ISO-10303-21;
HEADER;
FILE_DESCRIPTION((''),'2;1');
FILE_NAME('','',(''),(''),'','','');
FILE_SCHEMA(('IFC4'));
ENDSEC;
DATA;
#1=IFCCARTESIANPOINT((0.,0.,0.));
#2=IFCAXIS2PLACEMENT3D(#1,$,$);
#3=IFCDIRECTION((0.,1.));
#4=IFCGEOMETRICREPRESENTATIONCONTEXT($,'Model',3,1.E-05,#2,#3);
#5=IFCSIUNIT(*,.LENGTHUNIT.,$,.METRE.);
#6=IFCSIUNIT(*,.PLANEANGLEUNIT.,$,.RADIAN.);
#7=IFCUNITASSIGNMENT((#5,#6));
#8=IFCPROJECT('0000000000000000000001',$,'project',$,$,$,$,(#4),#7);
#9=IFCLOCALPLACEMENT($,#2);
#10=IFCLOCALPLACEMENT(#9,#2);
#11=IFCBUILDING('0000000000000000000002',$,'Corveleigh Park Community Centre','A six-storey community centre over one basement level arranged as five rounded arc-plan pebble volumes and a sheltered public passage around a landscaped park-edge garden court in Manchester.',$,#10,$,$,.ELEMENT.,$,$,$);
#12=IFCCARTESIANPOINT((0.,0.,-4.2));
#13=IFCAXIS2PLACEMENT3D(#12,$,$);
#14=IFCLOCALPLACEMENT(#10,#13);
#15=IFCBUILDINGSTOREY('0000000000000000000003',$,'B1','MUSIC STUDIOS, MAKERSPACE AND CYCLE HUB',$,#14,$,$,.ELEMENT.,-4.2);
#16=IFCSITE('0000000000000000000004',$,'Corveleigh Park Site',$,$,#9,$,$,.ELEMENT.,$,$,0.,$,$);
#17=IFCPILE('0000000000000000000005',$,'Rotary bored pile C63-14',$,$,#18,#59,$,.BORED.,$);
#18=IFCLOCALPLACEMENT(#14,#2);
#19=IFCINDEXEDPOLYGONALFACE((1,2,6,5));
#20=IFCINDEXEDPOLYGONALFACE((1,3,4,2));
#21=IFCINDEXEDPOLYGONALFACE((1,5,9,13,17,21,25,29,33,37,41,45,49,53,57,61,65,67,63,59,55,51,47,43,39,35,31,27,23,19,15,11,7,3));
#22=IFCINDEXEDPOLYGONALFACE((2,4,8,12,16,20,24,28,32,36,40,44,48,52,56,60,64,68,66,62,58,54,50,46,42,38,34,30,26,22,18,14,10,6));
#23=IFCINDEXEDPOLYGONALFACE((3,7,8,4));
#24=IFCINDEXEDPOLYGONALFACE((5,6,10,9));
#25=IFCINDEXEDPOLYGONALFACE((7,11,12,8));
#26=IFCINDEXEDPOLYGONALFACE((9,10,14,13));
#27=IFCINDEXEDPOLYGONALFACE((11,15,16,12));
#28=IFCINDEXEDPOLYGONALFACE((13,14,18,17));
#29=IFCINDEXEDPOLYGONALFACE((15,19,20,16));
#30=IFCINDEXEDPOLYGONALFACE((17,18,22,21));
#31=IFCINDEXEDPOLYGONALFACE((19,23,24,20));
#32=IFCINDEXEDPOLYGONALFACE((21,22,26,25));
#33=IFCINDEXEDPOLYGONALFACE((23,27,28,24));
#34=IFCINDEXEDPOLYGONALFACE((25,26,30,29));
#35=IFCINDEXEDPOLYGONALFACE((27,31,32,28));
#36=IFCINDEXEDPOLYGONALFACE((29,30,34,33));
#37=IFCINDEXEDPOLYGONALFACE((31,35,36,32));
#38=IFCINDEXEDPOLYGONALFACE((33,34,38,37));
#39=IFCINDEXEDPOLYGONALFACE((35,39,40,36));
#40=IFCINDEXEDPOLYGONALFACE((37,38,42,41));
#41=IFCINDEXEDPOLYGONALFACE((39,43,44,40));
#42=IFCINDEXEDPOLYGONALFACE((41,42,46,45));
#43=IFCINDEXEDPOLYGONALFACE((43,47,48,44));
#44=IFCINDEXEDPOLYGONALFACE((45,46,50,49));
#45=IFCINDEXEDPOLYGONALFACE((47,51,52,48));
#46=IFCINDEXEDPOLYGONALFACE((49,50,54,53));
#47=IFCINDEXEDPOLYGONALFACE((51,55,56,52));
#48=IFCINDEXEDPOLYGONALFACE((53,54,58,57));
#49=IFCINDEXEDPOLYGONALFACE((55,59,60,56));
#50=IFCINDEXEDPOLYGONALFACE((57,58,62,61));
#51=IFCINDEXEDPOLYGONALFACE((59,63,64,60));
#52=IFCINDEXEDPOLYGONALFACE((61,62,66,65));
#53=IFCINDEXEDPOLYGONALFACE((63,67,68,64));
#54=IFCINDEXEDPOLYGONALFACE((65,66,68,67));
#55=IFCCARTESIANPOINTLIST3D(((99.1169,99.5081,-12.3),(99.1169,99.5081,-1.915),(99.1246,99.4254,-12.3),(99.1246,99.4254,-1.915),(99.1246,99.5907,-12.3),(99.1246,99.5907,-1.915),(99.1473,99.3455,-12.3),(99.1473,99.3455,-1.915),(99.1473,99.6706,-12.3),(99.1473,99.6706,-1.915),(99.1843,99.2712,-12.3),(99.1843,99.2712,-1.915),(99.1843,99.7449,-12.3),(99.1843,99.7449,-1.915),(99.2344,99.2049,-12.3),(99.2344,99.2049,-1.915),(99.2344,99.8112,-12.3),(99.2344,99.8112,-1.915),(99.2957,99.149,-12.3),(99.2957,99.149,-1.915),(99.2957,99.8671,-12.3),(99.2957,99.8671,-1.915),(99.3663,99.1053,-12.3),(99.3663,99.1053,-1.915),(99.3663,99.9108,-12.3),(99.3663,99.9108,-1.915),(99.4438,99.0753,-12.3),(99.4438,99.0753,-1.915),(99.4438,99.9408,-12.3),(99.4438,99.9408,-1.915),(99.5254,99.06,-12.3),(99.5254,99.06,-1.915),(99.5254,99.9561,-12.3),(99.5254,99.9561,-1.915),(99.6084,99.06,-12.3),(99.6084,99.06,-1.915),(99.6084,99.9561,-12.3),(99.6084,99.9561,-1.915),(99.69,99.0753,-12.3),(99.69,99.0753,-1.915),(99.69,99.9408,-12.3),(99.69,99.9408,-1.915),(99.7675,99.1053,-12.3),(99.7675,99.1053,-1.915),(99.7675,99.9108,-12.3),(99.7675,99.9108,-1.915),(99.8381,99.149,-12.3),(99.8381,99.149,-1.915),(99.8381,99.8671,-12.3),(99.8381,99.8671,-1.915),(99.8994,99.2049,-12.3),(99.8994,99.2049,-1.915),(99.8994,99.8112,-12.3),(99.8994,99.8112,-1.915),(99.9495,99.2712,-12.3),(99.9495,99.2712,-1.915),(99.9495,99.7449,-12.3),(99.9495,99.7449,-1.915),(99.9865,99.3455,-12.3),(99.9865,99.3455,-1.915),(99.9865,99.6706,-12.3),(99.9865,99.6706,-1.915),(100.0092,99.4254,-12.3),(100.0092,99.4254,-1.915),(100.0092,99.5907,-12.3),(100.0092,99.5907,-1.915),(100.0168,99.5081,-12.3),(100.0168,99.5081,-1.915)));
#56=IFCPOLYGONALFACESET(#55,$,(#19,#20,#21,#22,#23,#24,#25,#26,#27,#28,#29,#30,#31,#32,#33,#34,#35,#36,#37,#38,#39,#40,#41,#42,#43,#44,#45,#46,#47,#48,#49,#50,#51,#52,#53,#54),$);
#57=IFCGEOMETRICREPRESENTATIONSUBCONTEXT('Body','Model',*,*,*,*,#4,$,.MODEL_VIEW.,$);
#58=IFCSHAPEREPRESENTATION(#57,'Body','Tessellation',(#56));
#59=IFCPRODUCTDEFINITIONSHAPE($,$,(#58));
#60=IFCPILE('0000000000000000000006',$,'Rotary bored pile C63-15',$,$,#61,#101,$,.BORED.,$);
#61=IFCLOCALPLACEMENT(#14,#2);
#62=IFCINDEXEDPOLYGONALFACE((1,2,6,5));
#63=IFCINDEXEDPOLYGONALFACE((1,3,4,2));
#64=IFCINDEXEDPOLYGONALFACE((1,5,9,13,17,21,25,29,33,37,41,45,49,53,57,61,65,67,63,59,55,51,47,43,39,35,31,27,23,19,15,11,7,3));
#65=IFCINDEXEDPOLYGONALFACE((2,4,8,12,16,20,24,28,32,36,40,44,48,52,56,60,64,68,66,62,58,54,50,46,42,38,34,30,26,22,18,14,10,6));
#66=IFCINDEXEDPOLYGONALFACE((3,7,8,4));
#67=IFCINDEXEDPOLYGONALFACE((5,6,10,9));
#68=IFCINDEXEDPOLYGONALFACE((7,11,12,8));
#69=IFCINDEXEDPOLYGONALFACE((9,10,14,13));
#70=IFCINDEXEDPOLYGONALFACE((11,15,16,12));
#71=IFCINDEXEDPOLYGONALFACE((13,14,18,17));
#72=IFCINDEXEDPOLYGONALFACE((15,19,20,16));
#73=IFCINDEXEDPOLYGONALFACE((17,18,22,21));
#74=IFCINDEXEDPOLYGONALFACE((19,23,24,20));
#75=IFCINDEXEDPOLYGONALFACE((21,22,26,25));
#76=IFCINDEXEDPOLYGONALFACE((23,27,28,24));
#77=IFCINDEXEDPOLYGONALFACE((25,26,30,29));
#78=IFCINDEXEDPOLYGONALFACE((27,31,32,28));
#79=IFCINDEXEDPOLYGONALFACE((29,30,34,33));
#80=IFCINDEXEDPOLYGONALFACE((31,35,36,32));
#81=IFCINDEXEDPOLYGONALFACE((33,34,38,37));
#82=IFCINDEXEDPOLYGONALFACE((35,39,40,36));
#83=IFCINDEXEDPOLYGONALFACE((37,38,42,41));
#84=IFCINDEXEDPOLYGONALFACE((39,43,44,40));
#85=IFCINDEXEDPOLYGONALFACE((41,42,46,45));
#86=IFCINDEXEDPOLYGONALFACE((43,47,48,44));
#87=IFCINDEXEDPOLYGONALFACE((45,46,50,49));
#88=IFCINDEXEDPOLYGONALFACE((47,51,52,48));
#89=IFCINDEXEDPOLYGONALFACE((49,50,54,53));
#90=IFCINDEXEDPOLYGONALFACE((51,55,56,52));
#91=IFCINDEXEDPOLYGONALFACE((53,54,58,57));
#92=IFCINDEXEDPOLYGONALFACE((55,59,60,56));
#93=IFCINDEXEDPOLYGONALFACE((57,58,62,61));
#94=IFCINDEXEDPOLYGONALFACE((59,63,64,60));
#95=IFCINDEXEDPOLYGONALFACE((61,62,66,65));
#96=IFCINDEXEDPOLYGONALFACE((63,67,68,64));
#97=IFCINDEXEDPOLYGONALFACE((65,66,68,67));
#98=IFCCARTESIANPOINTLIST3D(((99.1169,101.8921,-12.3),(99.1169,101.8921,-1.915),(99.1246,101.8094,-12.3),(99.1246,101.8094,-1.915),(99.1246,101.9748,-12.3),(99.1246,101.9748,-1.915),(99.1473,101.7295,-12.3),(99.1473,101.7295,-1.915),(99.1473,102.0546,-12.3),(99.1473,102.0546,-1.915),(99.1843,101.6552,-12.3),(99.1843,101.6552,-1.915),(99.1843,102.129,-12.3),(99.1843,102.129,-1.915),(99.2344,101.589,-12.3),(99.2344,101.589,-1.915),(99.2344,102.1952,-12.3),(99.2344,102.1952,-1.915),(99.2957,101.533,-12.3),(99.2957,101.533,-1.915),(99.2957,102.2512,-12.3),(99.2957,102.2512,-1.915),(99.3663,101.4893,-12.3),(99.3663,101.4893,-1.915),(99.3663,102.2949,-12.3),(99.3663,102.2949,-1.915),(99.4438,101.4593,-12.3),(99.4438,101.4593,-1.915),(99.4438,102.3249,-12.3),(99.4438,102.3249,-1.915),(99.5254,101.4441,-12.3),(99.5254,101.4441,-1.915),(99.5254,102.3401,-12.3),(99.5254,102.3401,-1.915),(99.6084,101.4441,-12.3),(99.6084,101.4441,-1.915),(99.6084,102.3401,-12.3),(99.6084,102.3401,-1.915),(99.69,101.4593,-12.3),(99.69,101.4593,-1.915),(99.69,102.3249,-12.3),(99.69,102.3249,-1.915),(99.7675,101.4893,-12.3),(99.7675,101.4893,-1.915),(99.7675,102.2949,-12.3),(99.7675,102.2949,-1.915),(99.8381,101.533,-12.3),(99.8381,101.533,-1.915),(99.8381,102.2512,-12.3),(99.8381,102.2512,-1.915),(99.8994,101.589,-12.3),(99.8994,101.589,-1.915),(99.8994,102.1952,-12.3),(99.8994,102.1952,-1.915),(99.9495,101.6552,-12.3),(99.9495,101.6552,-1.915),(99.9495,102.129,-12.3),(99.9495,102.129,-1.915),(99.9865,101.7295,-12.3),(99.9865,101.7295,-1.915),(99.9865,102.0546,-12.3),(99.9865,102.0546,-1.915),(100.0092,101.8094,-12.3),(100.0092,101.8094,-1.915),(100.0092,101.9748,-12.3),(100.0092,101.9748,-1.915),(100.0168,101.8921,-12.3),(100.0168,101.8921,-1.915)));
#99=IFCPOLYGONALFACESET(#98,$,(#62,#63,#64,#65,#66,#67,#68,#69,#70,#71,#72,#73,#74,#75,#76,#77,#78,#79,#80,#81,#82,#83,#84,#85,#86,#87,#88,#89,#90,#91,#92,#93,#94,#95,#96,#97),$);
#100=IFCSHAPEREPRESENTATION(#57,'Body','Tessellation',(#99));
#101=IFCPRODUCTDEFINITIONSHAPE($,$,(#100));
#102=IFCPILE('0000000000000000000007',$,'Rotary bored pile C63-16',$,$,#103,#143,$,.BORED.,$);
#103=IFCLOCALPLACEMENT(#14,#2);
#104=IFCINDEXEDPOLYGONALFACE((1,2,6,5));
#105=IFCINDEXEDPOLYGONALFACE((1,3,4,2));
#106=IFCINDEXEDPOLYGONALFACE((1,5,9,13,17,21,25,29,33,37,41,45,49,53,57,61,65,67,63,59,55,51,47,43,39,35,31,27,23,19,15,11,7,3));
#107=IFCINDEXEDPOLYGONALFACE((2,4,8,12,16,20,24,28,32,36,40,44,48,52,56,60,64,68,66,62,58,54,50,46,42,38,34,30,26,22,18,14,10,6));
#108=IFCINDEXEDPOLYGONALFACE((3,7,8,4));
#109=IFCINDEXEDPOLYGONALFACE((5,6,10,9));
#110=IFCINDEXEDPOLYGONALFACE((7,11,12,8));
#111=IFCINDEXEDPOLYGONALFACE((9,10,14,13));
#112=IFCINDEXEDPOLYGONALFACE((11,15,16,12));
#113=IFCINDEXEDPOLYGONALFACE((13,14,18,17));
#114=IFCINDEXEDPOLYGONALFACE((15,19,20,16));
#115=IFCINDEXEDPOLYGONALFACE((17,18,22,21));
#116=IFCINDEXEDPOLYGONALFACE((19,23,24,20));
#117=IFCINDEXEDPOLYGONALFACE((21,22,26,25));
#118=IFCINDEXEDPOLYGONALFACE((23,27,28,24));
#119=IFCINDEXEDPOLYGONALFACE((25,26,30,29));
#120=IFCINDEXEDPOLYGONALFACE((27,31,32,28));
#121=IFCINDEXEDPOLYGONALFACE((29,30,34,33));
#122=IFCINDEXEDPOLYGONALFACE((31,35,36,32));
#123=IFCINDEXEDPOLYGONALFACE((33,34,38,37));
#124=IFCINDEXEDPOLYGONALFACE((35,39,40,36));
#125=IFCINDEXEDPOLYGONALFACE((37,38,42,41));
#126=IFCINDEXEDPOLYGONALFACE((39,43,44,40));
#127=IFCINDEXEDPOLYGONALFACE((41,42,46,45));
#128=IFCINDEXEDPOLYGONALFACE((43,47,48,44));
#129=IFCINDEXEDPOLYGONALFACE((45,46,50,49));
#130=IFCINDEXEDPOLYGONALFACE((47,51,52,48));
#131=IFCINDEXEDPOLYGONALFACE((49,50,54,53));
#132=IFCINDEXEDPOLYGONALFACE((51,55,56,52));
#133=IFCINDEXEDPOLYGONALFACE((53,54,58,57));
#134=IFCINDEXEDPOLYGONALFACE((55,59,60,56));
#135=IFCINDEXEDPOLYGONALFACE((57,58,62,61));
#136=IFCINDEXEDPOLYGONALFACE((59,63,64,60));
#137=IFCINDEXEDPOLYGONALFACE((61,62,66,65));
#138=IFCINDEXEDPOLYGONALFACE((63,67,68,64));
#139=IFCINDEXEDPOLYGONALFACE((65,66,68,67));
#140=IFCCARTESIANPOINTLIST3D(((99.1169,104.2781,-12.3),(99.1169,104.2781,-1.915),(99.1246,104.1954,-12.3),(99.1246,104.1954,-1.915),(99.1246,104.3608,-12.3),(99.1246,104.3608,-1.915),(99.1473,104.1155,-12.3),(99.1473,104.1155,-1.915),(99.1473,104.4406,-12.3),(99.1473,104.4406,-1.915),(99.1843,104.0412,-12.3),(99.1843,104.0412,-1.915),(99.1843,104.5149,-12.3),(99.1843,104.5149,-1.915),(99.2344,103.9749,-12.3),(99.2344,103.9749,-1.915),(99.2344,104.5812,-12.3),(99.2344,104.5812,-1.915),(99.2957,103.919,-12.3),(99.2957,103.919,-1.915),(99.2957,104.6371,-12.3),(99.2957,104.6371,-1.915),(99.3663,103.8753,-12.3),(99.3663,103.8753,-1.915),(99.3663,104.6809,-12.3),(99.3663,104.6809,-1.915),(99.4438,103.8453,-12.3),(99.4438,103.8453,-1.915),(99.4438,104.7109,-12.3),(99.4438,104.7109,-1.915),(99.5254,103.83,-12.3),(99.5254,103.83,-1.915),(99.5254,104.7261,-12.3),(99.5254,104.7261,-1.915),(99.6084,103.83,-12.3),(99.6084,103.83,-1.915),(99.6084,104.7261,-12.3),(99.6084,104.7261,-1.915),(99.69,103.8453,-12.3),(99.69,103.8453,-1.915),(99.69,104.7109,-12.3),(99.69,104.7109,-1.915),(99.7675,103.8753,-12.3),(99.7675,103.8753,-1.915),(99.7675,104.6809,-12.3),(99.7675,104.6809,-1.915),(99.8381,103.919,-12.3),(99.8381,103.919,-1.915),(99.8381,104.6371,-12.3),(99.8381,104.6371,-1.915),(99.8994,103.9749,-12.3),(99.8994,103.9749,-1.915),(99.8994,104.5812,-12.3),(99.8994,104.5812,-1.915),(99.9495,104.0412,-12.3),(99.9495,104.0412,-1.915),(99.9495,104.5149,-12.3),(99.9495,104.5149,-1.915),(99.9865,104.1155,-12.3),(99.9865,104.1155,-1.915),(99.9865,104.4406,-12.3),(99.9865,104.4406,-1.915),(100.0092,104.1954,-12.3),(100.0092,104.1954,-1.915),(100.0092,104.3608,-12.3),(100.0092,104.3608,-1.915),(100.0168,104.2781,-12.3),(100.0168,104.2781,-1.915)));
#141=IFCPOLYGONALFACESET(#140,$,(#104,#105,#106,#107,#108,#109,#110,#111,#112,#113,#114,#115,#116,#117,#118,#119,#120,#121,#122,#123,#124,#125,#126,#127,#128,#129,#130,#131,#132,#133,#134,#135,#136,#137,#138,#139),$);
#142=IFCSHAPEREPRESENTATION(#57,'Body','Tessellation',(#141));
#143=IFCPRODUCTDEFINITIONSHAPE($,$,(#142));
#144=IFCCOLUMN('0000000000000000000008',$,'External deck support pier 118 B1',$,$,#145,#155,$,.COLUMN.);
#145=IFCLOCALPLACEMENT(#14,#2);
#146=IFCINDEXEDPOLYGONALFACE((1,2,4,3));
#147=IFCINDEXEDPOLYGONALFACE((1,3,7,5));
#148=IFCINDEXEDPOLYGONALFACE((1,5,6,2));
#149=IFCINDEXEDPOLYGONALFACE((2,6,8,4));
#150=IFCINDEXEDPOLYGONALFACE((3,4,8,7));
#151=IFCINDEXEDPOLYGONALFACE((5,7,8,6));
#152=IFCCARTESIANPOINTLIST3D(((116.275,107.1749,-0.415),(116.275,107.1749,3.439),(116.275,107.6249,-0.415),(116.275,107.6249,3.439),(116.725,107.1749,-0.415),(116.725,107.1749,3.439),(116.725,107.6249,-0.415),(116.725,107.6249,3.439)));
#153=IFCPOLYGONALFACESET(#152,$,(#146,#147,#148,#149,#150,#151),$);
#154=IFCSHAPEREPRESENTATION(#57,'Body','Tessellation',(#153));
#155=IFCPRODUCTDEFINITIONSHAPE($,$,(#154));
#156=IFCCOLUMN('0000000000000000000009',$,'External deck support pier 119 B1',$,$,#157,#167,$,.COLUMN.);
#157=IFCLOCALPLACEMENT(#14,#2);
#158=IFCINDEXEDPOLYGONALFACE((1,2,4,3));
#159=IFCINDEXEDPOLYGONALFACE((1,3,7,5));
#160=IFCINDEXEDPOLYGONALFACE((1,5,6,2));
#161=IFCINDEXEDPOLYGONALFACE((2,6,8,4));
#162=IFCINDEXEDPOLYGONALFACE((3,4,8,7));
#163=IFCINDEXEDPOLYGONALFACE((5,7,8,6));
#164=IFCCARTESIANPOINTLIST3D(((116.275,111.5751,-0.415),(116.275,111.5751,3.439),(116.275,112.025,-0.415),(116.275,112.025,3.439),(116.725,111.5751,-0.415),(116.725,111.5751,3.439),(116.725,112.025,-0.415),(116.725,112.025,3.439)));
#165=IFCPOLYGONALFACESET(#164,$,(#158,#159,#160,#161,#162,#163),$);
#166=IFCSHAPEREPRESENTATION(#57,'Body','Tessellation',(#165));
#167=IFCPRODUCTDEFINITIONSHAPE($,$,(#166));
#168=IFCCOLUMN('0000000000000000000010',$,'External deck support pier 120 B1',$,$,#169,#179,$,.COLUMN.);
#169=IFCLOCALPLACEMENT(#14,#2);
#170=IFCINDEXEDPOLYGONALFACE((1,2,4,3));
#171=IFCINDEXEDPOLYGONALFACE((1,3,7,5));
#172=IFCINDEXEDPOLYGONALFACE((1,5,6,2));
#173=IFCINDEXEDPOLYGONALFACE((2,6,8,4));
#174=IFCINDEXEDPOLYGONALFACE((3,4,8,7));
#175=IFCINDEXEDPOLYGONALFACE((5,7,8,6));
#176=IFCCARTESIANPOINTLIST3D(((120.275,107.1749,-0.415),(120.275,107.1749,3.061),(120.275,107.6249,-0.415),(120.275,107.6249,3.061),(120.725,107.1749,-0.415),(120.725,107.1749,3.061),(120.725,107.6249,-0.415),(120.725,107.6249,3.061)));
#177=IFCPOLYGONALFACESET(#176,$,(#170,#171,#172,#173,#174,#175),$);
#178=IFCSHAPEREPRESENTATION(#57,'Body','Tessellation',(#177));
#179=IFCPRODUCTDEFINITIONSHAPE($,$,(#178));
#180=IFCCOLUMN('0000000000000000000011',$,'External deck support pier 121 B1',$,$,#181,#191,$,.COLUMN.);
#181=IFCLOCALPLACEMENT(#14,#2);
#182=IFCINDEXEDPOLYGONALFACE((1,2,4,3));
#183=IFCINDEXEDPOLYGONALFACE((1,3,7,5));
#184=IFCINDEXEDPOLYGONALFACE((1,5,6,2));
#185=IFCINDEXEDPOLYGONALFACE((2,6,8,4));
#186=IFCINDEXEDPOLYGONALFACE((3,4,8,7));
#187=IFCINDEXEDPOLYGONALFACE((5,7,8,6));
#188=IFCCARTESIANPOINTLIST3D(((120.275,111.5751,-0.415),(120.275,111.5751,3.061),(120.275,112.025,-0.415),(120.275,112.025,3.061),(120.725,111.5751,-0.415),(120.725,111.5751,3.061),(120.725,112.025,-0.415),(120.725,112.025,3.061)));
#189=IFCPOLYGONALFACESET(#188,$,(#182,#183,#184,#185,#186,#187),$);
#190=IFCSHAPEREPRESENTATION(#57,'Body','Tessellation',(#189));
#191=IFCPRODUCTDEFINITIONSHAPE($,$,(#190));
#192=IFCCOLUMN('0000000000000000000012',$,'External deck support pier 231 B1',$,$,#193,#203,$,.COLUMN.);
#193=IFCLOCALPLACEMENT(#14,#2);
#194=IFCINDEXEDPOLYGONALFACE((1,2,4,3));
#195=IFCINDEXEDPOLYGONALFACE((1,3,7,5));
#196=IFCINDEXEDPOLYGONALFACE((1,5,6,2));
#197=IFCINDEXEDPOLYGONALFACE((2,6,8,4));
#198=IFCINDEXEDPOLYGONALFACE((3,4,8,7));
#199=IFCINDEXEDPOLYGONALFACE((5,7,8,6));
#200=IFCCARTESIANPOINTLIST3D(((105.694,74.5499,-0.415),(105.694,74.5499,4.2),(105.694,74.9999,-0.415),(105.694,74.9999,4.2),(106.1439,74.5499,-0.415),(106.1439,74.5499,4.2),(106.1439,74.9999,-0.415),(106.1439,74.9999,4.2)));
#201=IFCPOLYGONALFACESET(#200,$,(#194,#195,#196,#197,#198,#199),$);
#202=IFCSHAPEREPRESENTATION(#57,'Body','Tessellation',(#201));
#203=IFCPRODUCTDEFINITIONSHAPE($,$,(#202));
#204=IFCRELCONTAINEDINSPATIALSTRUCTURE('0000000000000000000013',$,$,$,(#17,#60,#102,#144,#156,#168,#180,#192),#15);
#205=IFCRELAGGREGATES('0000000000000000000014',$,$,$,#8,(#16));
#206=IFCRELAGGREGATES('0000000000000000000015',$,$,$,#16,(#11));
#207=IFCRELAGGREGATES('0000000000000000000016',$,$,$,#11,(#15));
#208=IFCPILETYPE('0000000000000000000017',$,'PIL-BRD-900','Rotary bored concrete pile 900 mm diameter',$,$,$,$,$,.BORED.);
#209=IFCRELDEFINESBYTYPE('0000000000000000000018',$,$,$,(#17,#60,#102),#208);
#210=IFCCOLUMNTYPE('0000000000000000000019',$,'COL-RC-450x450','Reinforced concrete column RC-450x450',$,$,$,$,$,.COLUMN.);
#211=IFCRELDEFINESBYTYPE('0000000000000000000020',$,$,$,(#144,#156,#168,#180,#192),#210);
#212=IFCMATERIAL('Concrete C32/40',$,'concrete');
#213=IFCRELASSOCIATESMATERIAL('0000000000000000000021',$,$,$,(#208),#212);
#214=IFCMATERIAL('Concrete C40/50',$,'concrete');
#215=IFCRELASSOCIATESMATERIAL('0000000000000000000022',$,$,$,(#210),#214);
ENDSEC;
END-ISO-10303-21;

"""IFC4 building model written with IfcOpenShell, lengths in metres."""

from ifc_helpers import new_model, si_unit, direction, frame, origin, origin_2d, place, context, subcontext, project, spatial, rectangle, circle, extrude, material, material_profile, profile_set, type_object, element, save


model = new_model("IFC4")

# Units and contexts
model_context = context("Model", 3, precision=1e-05, world=origin(), true_north=direction((0.0, 1.0)))
body_context = subcontext(model_context, "Body", "Model", "MODEL_VIEW")
ifc_project = project(units=[si_unit("LENGTHUNIT", "METRE"), si_unit("PLANEANGLEUNIT", "RADIAN")], contexts=[model_context])

# Site, building, storey
site_placement = place(None, origin())
site = spatial("IfcSite", under=ifc_project, at=site_placement, Name="Corveleigh Park Site", CompositionType="ELEMENT", RefElevation=0.0)
building_placement = place(site_placement, origin())
building = spatial("IfcBuilding", under=site, at=building_placement, Name="Corveleigh Park Community Centre", Description="A six-storey community centre over one basement level arranged as five rounded arc-plan pebble volumes and a sheltered public passage around a landscaped park-edge garden court in Manchester.", CompositionType="ELEMENT")
storey_placement = place(building_placement, frame((0.0, 0.0, -4.2)))
storey = spatial("IfcBuildingStorey", under=building, at=storey_placement, Name="B1", Description="MUSIC STUDIOS, MAKERSPACE AND CYCLE HUB", CompositionType="ELEMENT", Elevation=-4.2)

# Shared definitions
ifc_material_1 = material(Name="Concrete C40/50", Category="concrete")

# Piles
ifc_material_2 = material(Name="Concrete C32/40", Category="concrete")
ifc_material_profile_1 = material_profile(ifc_material_2, circle(Radius=0.45, at=origin_2d()), Name="BORED-PILE-900", Category="concrete")
ifc_profile_set_1 = profile_set([ifc_material_profile_1], Name="Concrete C32/40")
pile_type_1 = type_object("IfcPileType", Name="PIL-BRD-900", Description="Rotary bored concrete pile 900 mm diameter", PredefinedType="BORED", material=ifc_profile_set_1)
for number, where, z_axis, x_axis, name in (
    (1, (99.5669, 99.5081, -1.915), (0.0, 0.0, -1.0), (1.0, 0.0, 0.0), "Rotary bored pile C63-14"),
    (2, (99.5669, 101.8921, -1.915), (0.0, 0.0, -1.0), (1.0, 0.0, 0.0), "Rotary bored pile C63-15"),
    (3, (99.5669, 104.2781, -1.915), (0.0, 0.0, -1.0), (1.0, 0.0, 0.0), "Rotary bored pile C63-16"),
):
    element("IfcPile", number, at=place(storey_placement, frame(where, z_axis=z_axis, x_axis=x_axis)), inside=storey, type_object=pile_type_1, Name=name, PredefinedType="BORED", context=body_context, shape_type="SweptSolid", body=[
        extrude(circle(Radius=0.45, at=origin_2d()), origin(), (0.0, 0.0, 1.0), 10.385),
    ])

# Columns
ifc_material_profile_2 = material_profile(ifc_material_1, rectangle(XDim=0.45, YDim=0.45, at=origin_2d()), Name="RC-450x450", Category="concrete")
ifc_profile_set_2 = profile_set([ifc_material_profile_2], Name="Concrete C40/50")
column_type_1 = type_object("IfcColumnType", Name="COL-RC-450x450", Description="Reinforced concrete column RC-450x450", PredefinedType="COLUMN", material=ifc_profile_set_2)
for number, where, z_axis, x_axis, name in (
    (4, (116.5, 107.3999, -0.415), (0.0, 0.0, 1.0), (1.0, 0.0, 0.0), "External deck support pier 118 B1"),
    (5, (116.5, 111.8, -0.415), (0.0, 0.0, 1.0), (1.0, 0.0, 0.0), "External deck support pier 119 B1"),
):
    element("IfcColumn", number, at=place(storey_placement, frame(where, z_axis=z_axis, x_axis=x_axis)), inside=storey, type_object=column_type_1, Name=name, PredefinedType="COLUMN", context=body_context, shape_type="SweptSolid", body=[
        extrude(rectangle(XDim=0.45, YDim=0.45, at=origin_2d()), origin(), (0.0, 0.0, 1.0), 3.854),
    ])
for number, where, z_axis, x_axis, name in (
    (6, (120.5, 107.3999, -0.415), (0.0, 0.0, 1.0), (1.0, 0.0, 0.0), "External deck support pier 120 B1"),
    (7, (120.5, 111.8, -0.415), (0.0, 0.0, 1.0), (1.0, 0.0, 0.0), "External deck support pier 121 B1"),
):
    element("IfcColumn", number, at=place(storey_placement, frame(where, z_axis=z_axis, x_axis=x_axis)), inside=storey, type_object=column_type_1, Name=name, PredefinedType="COLUMN", context=body_context, shape_type="SweptSolid", body=[
        extrude(rectangle(XDim=0.45, YDim=0.45, at=origin_2d()), origin(), (0.0, 0.0, 1.0), 3.4761),
    ])
column_placement = place(storey_placement, frame((105.9189, 74.7749, -0.415), z_axis=(0.0, 0.0, 1.0), x_axis=(1.0, 0.0, 0.0)))
element("IfcColumn", 8, at=column_placement, inside=storey, type_object=column_type_1, Name="External deck support pier 231 B1", PredefinedType="COLUMN", context=body_context, shape_type="SweptSolid", body=[
    extrude(rectangle(XDim=0.45, YDim=0.45, at=origin_2d()), origin(), (0.0, 0.0, 1.0), 4.615),
])

save(model, "model.ifc")
